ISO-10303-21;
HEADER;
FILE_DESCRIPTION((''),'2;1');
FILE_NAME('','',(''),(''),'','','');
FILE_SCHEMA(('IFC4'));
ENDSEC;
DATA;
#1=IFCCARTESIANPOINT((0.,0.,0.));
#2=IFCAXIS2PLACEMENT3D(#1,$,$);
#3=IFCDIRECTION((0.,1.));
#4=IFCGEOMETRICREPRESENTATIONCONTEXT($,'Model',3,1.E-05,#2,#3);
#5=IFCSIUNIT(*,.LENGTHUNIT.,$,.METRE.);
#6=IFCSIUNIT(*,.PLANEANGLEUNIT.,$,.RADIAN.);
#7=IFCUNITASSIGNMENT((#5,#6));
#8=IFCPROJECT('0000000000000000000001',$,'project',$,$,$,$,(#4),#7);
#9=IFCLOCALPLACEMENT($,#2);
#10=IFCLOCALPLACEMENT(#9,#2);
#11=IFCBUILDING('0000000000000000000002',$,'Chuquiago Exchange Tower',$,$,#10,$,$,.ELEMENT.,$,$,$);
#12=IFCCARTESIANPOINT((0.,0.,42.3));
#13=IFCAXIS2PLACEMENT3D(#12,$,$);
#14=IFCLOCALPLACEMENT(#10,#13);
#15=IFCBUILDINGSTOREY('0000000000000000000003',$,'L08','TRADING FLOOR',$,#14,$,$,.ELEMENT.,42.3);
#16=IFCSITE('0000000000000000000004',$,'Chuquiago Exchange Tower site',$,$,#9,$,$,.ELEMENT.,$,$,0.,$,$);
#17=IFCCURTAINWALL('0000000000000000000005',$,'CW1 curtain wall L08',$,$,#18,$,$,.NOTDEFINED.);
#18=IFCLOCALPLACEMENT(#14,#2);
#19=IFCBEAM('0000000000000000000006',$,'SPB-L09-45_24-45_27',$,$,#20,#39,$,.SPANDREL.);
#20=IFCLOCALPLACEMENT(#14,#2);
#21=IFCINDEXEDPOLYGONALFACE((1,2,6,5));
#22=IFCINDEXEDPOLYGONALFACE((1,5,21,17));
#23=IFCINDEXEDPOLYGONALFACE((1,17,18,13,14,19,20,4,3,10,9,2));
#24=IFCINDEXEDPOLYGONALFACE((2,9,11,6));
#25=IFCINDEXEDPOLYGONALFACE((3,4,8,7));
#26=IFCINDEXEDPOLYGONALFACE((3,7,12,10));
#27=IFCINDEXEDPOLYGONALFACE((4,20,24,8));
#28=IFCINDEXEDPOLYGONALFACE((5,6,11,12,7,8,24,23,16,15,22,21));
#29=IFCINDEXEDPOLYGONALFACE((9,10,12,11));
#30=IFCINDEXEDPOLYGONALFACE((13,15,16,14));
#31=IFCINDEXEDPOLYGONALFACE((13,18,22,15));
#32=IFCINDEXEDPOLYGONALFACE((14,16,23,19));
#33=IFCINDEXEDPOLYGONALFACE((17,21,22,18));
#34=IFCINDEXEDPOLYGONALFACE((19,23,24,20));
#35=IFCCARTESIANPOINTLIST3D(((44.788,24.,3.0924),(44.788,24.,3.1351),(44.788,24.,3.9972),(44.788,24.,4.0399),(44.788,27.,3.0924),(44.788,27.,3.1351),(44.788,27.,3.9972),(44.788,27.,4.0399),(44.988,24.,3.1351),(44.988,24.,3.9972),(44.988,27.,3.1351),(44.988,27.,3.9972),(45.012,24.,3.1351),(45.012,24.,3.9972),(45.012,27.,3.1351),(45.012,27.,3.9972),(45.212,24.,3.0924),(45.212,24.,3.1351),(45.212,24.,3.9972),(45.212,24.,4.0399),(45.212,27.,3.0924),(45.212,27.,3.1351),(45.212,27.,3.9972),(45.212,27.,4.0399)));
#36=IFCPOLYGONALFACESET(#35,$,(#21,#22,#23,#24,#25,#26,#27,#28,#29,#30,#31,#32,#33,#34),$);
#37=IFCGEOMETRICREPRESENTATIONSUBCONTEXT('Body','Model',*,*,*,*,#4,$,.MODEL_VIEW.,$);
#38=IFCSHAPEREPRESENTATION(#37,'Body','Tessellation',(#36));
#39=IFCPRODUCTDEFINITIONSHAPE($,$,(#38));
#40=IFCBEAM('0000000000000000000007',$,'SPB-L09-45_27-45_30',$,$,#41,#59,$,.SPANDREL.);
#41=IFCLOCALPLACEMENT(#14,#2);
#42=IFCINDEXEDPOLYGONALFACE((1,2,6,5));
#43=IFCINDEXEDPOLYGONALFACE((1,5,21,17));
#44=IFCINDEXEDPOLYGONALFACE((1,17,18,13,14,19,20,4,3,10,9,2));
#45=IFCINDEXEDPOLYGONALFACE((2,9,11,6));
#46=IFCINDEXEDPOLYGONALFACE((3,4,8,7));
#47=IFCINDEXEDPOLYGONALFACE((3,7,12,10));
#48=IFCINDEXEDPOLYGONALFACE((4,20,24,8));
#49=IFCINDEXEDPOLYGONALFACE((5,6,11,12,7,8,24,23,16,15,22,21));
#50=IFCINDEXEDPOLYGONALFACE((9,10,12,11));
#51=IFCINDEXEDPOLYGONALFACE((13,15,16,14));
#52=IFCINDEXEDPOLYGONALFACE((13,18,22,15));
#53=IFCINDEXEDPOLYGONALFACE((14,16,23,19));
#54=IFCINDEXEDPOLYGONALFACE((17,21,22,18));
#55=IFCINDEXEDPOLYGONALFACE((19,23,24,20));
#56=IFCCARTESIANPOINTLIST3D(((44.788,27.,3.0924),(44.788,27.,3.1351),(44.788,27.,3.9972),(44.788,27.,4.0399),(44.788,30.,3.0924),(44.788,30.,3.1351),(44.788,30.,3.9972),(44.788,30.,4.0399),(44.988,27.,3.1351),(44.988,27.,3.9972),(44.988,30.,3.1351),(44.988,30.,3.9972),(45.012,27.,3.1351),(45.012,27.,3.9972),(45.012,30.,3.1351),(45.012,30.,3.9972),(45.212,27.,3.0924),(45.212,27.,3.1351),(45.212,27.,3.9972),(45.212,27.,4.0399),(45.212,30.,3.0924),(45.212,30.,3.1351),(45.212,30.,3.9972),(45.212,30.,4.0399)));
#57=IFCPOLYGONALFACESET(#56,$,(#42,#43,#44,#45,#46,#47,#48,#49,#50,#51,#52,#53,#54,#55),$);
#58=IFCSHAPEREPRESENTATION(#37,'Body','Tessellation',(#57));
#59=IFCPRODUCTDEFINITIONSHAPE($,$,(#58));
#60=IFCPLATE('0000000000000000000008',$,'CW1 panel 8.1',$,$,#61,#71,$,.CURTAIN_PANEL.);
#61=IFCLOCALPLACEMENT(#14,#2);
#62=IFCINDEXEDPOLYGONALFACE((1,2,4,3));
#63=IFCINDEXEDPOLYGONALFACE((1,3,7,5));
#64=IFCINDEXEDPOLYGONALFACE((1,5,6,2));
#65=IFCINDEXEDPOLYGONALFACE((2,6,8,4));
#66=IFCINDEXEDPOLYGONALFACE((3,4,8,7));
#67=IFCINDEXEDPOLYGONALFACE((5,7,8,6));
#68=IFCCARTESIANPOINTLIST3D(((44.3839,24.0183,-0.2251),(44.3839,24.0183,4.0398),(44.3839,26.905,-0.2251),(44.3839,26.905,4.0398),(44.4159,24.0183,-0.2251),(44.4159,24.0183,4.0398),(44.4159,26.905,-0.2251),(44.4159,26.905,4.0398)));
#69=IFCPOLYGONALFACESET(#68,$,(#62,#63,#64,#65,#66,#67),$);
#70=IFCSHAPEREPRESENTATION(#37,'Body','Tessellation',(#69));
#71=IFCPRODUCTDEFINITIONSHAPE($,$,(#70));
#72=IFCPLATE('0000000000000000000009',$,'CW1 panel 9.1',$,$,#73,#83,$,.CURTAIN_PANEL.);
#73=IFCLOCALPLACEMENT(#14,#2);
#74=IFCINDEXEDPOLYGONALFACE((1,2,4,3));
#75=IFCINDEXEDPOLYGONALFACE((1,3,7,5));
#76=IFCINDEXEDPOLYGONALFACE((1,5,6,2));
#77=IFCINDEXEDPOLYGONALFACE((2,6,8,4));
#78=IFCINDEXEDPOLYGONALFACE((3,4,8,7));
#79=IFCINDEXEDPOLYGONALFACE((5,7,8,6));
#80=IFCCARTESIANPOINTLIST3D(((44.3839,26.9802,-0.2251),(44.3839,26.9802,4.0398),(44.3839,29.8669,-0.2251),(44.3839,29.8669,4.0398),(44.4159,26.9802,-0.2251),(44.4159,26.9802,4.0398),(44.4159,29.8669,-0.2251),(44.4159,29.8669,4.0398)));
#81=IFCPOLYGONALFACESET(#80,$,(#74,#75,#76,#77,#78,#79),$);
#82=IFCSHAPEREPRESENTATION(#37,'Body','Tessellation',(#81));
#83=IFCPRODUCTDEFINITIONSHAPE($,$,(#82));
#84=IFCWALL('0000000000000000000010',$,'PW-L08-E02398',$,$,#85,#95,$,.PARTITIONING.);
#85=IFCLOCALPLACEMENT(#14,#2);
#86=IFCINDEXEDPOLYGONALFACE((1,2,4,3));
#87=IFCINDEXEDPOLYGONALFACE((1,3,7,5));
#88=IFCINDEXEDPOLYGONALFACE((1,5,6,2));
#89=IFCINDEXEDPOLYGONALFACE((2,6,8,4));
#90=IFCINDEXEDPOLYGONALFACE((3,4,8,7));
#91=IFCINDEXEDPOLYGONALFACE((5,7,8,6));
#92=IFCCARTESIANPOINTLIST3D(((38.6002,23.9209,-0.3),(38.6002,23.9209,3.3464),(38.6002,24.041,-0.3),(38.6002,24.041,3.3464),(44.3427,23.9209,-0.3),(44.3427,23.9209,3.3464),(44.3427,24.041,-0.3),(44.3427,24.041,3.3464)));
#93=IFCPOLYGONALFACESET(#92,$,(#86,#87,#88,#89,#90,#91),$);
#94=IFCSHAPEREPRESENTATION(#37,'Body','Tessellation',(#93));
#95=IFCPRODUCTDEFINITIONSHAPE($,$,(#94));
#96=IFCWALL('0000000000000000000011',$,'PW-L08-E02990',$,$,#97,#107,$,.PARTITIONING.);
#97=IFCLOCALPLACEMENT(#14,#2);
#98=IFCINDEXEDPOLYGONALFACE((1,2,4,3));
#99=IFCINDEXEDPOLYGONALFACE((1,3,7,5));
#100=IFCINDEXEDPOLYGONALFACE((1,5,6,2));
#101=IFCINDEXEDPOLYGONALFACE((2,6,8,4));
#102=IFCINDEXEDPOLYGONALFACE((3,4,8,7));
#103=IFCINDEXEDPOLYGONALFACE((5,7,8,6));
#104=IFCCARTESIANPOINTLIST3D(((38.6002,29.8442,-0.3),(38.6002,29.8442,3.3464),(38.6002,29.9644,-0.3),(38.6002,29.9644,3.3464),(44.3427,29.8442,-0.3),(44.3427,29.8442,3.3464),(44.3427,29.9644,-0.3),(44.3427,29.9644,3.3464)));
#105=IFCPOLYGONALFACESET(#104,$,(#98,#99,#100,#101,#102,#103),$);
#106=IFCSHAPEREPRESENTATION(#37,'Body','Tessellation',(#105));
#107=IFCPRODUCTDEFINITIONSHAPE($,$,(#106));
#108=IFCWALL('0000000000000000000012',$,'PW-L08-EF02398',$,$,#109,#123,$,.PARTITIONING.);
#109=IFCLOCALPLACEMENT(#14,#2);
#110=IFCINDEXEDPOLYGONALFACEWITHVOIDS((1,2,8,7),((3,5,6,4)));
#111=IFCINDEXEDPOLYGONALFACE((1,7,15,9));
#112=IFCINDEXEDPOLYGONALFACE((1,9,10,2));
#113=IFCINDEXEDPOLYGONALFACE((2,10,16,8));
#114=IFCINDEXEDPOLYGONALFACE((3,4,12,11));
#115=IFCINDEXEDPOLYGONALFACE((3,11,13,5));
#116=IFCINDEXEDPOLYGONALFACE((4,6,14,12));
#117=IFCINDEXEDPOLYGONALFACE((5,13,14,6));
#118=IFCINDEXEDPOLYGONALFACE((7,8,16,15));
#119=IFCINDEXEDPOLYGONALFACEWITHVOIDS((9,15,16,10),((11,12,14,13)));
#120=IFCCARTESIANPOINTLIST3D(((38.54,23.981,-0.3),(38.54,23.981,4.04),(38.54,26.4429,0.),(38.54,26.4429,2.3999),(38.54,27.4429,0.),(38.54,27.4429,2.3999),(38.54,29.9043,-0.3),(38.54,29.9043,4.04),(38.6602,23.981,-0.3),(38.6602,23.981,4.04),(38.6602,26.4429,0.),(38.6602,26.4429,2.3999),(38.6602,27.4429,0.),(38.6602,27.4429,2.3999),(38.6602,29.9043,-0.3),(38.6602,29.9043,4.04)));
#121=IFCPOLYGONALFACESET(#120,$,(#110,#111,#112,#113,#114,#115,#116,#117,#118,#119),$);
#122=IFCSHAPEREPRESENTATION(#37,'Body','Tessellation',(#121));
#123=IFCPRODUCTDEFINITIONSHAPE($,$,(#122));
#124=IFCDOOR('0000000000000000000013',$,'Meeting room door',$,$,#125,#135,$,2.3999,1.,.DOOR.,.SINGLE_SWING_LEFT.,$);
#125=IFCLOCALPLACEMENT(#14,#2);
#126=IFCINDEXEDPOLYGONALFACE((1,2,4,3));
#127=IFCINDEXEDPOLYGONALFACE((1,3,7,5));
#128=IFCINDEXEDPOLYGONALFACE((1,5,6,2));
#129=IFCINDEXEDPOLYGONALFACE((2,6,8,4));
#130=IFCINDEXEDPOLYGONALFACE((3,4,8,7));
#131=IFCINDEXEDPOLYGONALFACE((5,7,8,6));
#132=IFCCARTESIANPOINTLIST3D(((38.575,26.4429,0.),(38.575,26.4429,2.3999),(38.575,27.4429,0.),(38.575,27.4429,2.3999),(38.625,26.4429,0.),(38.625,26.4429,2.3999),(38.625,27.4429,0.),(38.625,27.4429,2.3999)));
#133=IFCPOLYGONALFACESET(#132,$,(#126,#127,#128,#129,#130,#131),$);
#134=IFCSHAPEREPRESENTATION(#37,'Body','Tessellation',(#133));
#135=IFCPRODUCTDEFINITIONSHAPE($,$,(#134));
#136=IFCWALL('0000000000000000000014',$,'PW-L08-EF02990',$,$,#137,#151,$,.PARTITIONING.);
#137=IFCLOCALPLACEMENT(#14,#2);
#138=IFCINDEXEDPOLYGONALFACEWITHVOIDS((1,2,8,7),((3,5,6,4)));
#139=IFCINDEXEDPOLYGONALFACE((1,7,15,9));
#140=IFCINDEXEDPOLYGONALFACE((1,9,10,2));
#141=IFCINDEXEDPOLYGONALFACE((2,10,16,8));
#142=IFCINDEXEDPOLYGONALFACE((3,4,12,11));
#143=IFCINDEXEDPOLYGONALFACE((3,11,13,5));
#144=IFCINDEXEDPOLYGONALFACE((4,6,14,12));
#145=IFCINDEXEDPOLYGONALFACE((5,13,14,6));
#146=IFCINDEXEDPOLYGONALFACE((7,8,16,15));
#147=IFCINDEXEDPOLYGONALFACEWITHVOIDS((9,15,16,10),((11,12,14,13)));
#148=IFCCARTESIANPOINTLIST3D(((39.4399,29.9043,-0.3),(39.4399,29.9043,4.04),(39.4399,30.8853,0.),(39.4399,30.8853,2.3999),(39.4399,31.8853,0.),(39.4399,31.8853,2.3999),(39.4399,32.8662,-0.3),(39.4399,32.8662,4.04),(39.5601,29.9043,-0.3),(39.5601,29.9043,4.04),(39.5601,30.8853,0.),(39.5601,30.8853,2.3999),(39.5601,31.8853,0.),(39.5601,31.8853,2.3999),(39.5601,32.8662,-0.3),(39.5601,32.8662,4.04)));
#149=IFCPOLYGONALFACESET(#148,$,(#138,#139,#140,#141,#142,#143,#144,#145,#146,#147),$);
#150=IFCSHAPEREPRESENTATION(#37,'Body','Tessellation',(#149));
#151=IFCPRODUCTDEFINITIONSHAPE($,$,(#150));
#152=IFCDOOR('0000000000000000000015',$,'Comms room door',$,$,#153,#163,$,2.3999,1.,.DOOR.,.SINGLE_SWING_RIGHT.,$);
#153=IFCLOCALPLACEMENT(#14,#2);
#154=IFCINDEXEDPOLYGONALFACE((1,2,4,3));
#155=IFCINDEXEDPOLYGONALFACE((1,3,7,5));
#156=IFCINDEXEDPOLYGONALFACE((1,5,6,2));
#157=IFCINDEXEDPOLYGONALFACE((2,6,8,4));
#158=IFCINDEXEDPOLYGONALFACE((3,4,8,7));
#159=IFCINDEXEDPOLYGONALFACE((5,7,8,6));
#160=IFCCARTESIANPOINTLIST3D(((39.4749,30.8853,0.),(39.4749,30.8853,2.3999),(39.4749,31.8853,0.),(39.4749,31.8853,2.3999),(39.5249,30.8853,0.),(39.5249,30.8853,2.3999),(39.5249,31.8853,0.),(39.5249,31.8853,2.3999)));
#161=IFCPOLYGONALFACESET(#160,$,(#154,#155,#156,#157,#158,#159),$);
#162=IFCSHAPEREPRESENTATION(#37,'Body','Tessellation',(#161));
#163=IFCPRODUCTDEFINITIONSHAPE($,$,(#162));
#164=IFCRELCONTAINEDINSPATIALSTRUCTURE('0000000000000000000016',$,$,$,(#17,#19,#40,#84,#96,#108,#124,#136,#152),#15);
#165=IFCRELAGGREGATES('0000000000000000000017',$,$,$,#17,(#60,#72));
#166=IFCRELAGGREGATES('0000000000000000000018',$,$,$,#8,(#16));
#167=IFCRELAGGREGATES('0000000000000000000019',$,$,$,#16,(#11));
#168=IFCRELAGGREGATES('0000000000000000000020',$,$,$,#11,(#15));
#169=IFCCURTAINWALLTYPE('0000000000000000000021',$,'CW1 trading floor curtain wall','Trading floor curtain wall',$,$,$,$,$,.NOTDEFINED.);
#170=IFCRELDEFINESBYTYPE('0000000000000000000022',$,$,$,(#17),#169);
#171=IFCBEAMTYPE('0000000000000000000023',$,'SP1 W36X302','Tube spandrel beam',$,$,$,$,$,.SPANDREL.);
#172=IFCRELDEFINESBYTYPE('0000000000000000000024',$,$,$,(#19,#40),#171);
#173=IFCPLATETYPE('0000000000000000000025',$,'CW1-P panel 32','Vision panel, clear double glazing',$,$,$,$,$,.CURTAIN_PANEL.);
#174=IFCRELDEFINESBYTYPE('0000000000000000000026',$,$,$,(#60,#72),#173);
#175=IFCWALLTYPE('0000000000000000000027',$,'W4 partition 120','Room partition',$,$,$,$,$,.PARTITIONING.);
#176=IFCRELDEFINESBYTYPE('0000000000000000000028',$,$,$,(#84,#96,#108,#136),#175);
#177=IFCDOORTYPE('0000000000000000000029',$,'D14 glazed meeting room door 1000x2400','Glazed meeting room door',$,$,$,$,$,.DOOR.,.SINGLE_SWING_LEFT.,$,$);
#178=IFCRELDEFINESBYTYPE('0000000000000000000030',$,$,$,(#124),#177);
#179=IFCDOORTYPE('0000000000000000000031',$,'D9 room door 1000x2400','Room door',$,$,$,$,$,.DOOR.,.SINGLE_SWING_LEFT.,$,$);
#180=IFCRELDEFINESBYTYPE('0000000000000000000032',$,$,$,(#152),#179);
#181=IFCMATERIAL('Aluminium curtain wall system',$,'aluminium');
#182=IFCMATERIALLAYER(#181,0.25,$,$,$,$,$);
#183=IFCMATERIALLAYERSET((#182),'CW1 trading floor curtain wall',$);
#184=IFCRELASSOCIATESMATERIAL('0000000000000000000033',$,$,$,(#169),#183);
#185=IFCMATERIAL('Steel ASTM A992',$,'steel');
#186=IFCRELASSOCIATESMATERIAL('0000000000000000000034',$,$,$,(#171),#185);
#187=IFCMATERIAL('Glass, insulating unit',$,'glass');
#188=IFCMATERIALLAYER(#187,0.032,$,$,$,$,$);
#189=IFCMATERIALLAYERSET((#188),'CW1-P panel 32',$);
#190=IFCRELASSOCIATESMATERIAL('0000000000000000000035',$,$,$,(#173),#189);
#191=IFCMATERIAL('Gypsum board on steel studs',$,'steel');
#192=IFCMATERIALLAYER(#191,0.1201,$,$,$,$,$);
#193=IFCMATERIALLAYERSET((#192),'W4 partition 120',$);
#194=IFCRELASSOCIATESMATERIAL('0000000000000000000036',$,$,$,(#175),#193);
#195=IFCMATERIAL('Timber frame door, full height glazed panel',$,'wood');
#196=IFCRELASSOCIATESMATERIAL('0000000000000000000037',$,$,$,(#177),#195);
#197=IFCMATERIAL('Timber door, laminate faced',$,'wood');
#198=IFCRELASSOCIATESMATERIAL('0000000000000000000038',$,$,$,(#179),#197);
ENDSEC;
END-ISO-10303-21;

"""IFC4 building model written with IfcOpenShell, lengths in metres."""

from ifc_helpers import new_model, si_unit, direction, frame, frame_2d, origin, origin_2d, place, context, subcontext, project, spatial, rectangle, i_section, extrude, material, layer, layer_set, material_profile, profile_set, type_object, element, fill, aggregate, save


model = new_model("IFC4")

# Units and contexts
model_context = context("Model", 3, precision=1e-05, world=origin(), true_north=direction((0.0, 1.0)))
body_context = subcontext(model_context, "Body", "Model", "MODEL_VIEW")
ifc_project = project(units=[si_unit("LENGTHUNIT", "METRE"), si_unit("PLANEANGLEUNIT", "RADIAN")], contexts=[model_context])

# Site, building, storey
site_placement = place(None, origin())
site = spatial("IfcSite", under=ifc_project, at=site_placement, Name="Chuquiago Exchange Tower site", CompositionType="ELEMENT", RefElevation=0.0)
building_placement = place(site_placement, origin())
building = spatial("IfcBuilding", under=site, at=building_placement, Name="Chuquiago Exchange Tower", CompositionType="ELEMENT")
storey_placement = place(building_placement, frame((0.0, 0.0, 42.3)))
storey = spatial("IfcBuildingStorey", under=building, at=storey_placement, Name="L08", Description="TRADING FLOOR", CompositionType="ELEMENT", Elevation=42.3)

# Curtain wall
ifc_material_1 = material(Name="Aluminium curtain wall system", Category="aluminium")
ifc_layer_1 = layer(ifc_material_1, 0.25)
ifc_layer_set_1 = layer_set([ifc_layer_1], Name="CW1 trading floor curtain wall")
curtain_wall_type = type_object("IfcCurtainWallType", Name="CW1 trading floor curtain wall", Description="Trading floor curtain wall", PredefinedType="NOTDEFINED", material=ifc_layer_set_1)
curtain_wall_placement = place(storey_placement, origin())
curtain_wall = element("IfcCurtainWall", 1, at=curtain_wall_placement, inside=storey, type_object=curtain_wall_type, Name="CW1 curtain wall L08", PredefinedType="NOTDEFINED")

# Beams
ifc_material_2 = material(Name="Steel ASTM A992", Category="steel")
ifc_material_profile_1 = material_profile(ifc_material_2, i_section(OverallWidth=0.4241, OverallDepth=0.9475, WebThickness=0.0239, FlangeThickness=0.0427, at=origin_2d()), Name="W36X302")
ifc_profile_set_1 = profile_set([ifc_material_profile_1], Name="Steel ASTM A992")
beam_type_1 = type_object("IfcBeamType", Name="SP1 W36X302", Description="Tube spandrel beam", PredefinedType="SPANDREL", material=ifc_profile_set_1)
for number, where, z_axis, x_axis, name in (
    (2, (45.0, 24.0, 3.5662), (0.0, 1.0, 0.0), (-1.0, 0.0, 0.0), "SPB-L09-45_24-45_27"),
    (3, (45.0, 27.0, 3.5662), (0.0, 1.0, 0.0), (-1.0, 0.0, 0.0), "SPB-L09-45_27-45_30"),
):
    element("IfcBeam", number, at=place(storey_placement, frame(where, z_axis=z_axis, x_axis=x_axis)), inside=storey, type_object=beam_type_1, Name=name, PredefinedType="SPANDREL", context=body_context, shape_type="SweptSolid", body=[
        extrude(i_section(OverallWidth=0.4241, OverallDepth=0.9475, WebThickness=0.0239, FlangeThickness=0.0427, at=origin_2d()), origin(), (0.0, 0.0, 1.0), 3.0),
    ])

# Plates
ifc_material_3 = material(Name="Glass, insulating unit", Category="glass")
ifc_layer_2 = layer(ifc_material_3, 0.032)
ifc_layer_set_2 = layer_set([ifc_layer_2], Name="CW1-P panel 32")
plate_type = type_object("IfcPlateType", Name="CW1-P panel 32", Description="Vision panel, clear double glazing", PredefinedType="CURTAIN_PANEL", material=ifc_layer_set_2)
plate_1_placement = place(storey_placement, frame((44.3999, 25.4617, -0.2251), z_axis=(0.0, 0.0, 1.0), x_axis=(0.0, 1.0, 0.0)))
plate_1 = element("IfcPlate", 4, at=plate_1_placement, type_object=plate_type, Name="CW1 panel 8.1", PredefinedType="CURTAIN_PANEL", context=body_context, shape_type="SweptSolid", body=[
    extrude(rectangle(XDim=2.8867, YDim=0.032, at=origin_2d()), origin(), (0.0, 0.0, 1.0), 4.2649),
])
plate_2_placement = place(storey_placement, frame((44.3999, 28.4236, -0.2251), z_axis=(0.0, 0.0, 1.0), x_axis=(0.0, 1.0, 0.0)))
plate_2 = element("IfcPlate", 5, at=plate_2_placement, type_object=plate_type, Name="CW1 panel 9.1", PredefinedType="CURTAIN_PANEL", context=body_context, shape_type="SweptSolid", body=[
    extrude(rectangle(XDim=2.8867, YDim=0.032, at=origin_2d()), origin(), (0.0, 0.0, 1.0), 4.2649),
])
aggregate(curtain_wall, [plate_1, plate_2])

# Walls
ifc_material_4 = material(Name="Gypsum board on steel studs", Category="steel")
ifc_layer_3 = layer(ifc_material_4, 0.1201)
ifc_layer_set_3 = layer_set([ifc_layer_3], Name="W4 partition 120")
wall_type = type_object("IfcWallType", Name="W4 partition 120", Description="Room partition", PredefinedType="PARTITIONING", material=ifc_layer_set_3)
for number, where, z_axis, x_axis, name in (
    (6, (44.3425, 23.981, -0.3), (0.0, 0.0, 1.0), (-1.0, 0.0, 0.0), "PW-L08-E02398"),
    (7, (44.3425, 29.9043, -0.3), (0.0, 0.0, 1.0), (-1.0, 0.0, 0.0), "PW-L08-E02990"),
):
    element("IfcWall", number, at=place(storey_placement, frame(where, z_axis=z_axis, x_axis=x_axis)), inside=storey, type_object=wall_type, Name=name, PredefinedType="PARTITIONING", context=body_context, shape_type="SweptSolid", body=[
        extrude(rectangle(XDim=5.7424, YDim=0.1201, at=frame_2d((2.8711, 0.0))), origin(), (0.0, 0.0, 1.0), 3.6465),
    ])

# Walls, openings, doors
wall_1_placement = place(storey_placement, frame((38.6001, 23.981, -0.3), z_axis=(0.0, 0.0, 1.0), x_axis=(0.0, 1.0, 0.0)))
wall_1 = element("IfcWall", 8, at=wall_1_placement, inside=storey, type_object=wall_type, Name="PW-L08-EF02398", PredefinedType="PARTITIONING", context=body_context, shape_type="SweptSolid", body=[
    extrude(rectangle(XDim=5.9233, YDim=0.1201, at=frame_2d((2.9617, 0.0))), origin(), (0.0, 0.0, 1.0), 4.3401),
])
opening_1_placement = place(wall_1_placement, frame((2.4619, 0.0, 0.3)))
opening_1 = element("IfcOpeningElement", 9, at=opening_1_placement, cuts=wall_1, PredefinedType="OPENING", context=body_context, shape_type="SweptSolid", body=[
    extrude(rectangle(XDim=1.0, YDim=2.3999, at=frame_2d((0.5, 1.2))), frame((0.0, 0.0701, 0.0), z_axis=(0.0, -1.0, 0.0), x_axis=(1.0, 0.0, 0.0)), (0.0, 0.0, 1.0), 0.1401),
])
ifc_material_5 = material(Name="Timber frame door, full height glazed panel", Category="wood")
door_type_1 = type_object("IfcDoorType", Name="D14 glazed meeting room door 1000x2400", Description="Glazed meeting room door", OperationType="SINGLE_SWING_LEFT", PredefinedType="DOOR", material=ifc_material_5)
door_1_placement = place(opening_1_placement, frame((1.0, 0.0, 0.0), z_axis=(0.0, 0.0, 1.0), x_axis=(-1.0, 0.0, 0.0)))
door_1 = element("IfcDoor", 10, at=door_1_placement, inside=storey, type_object=door_type_1, Name="Meeting room door", OperationType="SINGLE_SWING_LEFT", OverallHeight=2.3999, OverallWidth=1.0, PredefinedType="DOOR", context=body_context, shape_type="SweptSolid", body=[
    extrude(rectangle(XDim=1.0, YDim=2.3999, at=frame_2d((0.5, 1.2))), frame((0.0, 0.0249, 0.0), z_axis=(0.0, -1.0, 0.0), x_axis=(1.0, 0.0, 0.0)), (0.0, 0.0, 1.0), 0.05),
])
fill(opening_1, door_1)
wall_2_placement = place(storey_placement, frame((39.5, 29.9043, -0.3), z_axis=(0.0, 0.0, 1.0), x_axis=(0.0, 1.0, 0.0)))
wall_2 = element("IfcWall", 11, at=wall_2_placement, inside=storey, type_object=wall_type, Name="PW-L08-EF02990", PredefinedType="PARTITIONING", context=body_context, shape_type="SweptSolid", body=[
    extrude(rectangle(XDim=2.9619, YDim=0.1201, at=frame_2d((1.481, 0.0))), origin(), (0.0, 0.0, 1.0), 4.3401),
])
opening_2_placement = place(wall_2_placement, frame((0.981, 0.0, 0.3)))
opening_2 = element("IfcOpeningElement", 12, at=opening_2_placement, cuts=wall_2, PredefinedType="OPENING", context=body_context, shape_type="SweptSolid", body=[
    extrude(rectangle(XDim=1.0, YDim=2.3999, at=frame_2d((0.5, 1.2))), frame((0.0, 0.0701, 0.0), z_axis=(0.0, -1.0, 0.0), x_axis=(1.0, 0.0, 0.0)), (0.0, 0.0, 1.0), 0.1401),
])
ifc_material_6 = material(Name="Timber door, laminate faced", Category="wood")
door_type_2 = type_object("IfcDoorType", Name="D9 room door 1000x2400", Description="Room door", OperationType="SINGLE_SWING_LEFT", PredefinedType="DOOR", material=ifc_material_6)
door_2_placement = place(opening_2_placement, frame((1.0, 0.0, 0.0), z_axis=(0.0, 0.0, 1.0), x_axis=(-1.0, 0.0, 0.0)))
door_2 = element("IfcDoor", 13, at=door_2_placement, inside=storey, type_object=door_type_2, Name="Comms room door", OperationType="SINGLE_SWING_RIGHT", OverallHeight=2.3999, OverallWidth=1.0, PredefinedType="DOOR", context=body_context, shape_type="SweptSolid", body=[
    extrude(rectangle(XDim=1.0, YDim=2.3999, at=frame_2d((0.5, 1.2))), frame((0.0, 0.0249, 0.0), z_axis=(0.0, -1.0, 0.0), x_axis=(1.0, 0.0, 0.0)), (0.0, 0.0, 1.0), 0.05),
])
fill(opening_2, door_2)

save(model, "model.ifc")
